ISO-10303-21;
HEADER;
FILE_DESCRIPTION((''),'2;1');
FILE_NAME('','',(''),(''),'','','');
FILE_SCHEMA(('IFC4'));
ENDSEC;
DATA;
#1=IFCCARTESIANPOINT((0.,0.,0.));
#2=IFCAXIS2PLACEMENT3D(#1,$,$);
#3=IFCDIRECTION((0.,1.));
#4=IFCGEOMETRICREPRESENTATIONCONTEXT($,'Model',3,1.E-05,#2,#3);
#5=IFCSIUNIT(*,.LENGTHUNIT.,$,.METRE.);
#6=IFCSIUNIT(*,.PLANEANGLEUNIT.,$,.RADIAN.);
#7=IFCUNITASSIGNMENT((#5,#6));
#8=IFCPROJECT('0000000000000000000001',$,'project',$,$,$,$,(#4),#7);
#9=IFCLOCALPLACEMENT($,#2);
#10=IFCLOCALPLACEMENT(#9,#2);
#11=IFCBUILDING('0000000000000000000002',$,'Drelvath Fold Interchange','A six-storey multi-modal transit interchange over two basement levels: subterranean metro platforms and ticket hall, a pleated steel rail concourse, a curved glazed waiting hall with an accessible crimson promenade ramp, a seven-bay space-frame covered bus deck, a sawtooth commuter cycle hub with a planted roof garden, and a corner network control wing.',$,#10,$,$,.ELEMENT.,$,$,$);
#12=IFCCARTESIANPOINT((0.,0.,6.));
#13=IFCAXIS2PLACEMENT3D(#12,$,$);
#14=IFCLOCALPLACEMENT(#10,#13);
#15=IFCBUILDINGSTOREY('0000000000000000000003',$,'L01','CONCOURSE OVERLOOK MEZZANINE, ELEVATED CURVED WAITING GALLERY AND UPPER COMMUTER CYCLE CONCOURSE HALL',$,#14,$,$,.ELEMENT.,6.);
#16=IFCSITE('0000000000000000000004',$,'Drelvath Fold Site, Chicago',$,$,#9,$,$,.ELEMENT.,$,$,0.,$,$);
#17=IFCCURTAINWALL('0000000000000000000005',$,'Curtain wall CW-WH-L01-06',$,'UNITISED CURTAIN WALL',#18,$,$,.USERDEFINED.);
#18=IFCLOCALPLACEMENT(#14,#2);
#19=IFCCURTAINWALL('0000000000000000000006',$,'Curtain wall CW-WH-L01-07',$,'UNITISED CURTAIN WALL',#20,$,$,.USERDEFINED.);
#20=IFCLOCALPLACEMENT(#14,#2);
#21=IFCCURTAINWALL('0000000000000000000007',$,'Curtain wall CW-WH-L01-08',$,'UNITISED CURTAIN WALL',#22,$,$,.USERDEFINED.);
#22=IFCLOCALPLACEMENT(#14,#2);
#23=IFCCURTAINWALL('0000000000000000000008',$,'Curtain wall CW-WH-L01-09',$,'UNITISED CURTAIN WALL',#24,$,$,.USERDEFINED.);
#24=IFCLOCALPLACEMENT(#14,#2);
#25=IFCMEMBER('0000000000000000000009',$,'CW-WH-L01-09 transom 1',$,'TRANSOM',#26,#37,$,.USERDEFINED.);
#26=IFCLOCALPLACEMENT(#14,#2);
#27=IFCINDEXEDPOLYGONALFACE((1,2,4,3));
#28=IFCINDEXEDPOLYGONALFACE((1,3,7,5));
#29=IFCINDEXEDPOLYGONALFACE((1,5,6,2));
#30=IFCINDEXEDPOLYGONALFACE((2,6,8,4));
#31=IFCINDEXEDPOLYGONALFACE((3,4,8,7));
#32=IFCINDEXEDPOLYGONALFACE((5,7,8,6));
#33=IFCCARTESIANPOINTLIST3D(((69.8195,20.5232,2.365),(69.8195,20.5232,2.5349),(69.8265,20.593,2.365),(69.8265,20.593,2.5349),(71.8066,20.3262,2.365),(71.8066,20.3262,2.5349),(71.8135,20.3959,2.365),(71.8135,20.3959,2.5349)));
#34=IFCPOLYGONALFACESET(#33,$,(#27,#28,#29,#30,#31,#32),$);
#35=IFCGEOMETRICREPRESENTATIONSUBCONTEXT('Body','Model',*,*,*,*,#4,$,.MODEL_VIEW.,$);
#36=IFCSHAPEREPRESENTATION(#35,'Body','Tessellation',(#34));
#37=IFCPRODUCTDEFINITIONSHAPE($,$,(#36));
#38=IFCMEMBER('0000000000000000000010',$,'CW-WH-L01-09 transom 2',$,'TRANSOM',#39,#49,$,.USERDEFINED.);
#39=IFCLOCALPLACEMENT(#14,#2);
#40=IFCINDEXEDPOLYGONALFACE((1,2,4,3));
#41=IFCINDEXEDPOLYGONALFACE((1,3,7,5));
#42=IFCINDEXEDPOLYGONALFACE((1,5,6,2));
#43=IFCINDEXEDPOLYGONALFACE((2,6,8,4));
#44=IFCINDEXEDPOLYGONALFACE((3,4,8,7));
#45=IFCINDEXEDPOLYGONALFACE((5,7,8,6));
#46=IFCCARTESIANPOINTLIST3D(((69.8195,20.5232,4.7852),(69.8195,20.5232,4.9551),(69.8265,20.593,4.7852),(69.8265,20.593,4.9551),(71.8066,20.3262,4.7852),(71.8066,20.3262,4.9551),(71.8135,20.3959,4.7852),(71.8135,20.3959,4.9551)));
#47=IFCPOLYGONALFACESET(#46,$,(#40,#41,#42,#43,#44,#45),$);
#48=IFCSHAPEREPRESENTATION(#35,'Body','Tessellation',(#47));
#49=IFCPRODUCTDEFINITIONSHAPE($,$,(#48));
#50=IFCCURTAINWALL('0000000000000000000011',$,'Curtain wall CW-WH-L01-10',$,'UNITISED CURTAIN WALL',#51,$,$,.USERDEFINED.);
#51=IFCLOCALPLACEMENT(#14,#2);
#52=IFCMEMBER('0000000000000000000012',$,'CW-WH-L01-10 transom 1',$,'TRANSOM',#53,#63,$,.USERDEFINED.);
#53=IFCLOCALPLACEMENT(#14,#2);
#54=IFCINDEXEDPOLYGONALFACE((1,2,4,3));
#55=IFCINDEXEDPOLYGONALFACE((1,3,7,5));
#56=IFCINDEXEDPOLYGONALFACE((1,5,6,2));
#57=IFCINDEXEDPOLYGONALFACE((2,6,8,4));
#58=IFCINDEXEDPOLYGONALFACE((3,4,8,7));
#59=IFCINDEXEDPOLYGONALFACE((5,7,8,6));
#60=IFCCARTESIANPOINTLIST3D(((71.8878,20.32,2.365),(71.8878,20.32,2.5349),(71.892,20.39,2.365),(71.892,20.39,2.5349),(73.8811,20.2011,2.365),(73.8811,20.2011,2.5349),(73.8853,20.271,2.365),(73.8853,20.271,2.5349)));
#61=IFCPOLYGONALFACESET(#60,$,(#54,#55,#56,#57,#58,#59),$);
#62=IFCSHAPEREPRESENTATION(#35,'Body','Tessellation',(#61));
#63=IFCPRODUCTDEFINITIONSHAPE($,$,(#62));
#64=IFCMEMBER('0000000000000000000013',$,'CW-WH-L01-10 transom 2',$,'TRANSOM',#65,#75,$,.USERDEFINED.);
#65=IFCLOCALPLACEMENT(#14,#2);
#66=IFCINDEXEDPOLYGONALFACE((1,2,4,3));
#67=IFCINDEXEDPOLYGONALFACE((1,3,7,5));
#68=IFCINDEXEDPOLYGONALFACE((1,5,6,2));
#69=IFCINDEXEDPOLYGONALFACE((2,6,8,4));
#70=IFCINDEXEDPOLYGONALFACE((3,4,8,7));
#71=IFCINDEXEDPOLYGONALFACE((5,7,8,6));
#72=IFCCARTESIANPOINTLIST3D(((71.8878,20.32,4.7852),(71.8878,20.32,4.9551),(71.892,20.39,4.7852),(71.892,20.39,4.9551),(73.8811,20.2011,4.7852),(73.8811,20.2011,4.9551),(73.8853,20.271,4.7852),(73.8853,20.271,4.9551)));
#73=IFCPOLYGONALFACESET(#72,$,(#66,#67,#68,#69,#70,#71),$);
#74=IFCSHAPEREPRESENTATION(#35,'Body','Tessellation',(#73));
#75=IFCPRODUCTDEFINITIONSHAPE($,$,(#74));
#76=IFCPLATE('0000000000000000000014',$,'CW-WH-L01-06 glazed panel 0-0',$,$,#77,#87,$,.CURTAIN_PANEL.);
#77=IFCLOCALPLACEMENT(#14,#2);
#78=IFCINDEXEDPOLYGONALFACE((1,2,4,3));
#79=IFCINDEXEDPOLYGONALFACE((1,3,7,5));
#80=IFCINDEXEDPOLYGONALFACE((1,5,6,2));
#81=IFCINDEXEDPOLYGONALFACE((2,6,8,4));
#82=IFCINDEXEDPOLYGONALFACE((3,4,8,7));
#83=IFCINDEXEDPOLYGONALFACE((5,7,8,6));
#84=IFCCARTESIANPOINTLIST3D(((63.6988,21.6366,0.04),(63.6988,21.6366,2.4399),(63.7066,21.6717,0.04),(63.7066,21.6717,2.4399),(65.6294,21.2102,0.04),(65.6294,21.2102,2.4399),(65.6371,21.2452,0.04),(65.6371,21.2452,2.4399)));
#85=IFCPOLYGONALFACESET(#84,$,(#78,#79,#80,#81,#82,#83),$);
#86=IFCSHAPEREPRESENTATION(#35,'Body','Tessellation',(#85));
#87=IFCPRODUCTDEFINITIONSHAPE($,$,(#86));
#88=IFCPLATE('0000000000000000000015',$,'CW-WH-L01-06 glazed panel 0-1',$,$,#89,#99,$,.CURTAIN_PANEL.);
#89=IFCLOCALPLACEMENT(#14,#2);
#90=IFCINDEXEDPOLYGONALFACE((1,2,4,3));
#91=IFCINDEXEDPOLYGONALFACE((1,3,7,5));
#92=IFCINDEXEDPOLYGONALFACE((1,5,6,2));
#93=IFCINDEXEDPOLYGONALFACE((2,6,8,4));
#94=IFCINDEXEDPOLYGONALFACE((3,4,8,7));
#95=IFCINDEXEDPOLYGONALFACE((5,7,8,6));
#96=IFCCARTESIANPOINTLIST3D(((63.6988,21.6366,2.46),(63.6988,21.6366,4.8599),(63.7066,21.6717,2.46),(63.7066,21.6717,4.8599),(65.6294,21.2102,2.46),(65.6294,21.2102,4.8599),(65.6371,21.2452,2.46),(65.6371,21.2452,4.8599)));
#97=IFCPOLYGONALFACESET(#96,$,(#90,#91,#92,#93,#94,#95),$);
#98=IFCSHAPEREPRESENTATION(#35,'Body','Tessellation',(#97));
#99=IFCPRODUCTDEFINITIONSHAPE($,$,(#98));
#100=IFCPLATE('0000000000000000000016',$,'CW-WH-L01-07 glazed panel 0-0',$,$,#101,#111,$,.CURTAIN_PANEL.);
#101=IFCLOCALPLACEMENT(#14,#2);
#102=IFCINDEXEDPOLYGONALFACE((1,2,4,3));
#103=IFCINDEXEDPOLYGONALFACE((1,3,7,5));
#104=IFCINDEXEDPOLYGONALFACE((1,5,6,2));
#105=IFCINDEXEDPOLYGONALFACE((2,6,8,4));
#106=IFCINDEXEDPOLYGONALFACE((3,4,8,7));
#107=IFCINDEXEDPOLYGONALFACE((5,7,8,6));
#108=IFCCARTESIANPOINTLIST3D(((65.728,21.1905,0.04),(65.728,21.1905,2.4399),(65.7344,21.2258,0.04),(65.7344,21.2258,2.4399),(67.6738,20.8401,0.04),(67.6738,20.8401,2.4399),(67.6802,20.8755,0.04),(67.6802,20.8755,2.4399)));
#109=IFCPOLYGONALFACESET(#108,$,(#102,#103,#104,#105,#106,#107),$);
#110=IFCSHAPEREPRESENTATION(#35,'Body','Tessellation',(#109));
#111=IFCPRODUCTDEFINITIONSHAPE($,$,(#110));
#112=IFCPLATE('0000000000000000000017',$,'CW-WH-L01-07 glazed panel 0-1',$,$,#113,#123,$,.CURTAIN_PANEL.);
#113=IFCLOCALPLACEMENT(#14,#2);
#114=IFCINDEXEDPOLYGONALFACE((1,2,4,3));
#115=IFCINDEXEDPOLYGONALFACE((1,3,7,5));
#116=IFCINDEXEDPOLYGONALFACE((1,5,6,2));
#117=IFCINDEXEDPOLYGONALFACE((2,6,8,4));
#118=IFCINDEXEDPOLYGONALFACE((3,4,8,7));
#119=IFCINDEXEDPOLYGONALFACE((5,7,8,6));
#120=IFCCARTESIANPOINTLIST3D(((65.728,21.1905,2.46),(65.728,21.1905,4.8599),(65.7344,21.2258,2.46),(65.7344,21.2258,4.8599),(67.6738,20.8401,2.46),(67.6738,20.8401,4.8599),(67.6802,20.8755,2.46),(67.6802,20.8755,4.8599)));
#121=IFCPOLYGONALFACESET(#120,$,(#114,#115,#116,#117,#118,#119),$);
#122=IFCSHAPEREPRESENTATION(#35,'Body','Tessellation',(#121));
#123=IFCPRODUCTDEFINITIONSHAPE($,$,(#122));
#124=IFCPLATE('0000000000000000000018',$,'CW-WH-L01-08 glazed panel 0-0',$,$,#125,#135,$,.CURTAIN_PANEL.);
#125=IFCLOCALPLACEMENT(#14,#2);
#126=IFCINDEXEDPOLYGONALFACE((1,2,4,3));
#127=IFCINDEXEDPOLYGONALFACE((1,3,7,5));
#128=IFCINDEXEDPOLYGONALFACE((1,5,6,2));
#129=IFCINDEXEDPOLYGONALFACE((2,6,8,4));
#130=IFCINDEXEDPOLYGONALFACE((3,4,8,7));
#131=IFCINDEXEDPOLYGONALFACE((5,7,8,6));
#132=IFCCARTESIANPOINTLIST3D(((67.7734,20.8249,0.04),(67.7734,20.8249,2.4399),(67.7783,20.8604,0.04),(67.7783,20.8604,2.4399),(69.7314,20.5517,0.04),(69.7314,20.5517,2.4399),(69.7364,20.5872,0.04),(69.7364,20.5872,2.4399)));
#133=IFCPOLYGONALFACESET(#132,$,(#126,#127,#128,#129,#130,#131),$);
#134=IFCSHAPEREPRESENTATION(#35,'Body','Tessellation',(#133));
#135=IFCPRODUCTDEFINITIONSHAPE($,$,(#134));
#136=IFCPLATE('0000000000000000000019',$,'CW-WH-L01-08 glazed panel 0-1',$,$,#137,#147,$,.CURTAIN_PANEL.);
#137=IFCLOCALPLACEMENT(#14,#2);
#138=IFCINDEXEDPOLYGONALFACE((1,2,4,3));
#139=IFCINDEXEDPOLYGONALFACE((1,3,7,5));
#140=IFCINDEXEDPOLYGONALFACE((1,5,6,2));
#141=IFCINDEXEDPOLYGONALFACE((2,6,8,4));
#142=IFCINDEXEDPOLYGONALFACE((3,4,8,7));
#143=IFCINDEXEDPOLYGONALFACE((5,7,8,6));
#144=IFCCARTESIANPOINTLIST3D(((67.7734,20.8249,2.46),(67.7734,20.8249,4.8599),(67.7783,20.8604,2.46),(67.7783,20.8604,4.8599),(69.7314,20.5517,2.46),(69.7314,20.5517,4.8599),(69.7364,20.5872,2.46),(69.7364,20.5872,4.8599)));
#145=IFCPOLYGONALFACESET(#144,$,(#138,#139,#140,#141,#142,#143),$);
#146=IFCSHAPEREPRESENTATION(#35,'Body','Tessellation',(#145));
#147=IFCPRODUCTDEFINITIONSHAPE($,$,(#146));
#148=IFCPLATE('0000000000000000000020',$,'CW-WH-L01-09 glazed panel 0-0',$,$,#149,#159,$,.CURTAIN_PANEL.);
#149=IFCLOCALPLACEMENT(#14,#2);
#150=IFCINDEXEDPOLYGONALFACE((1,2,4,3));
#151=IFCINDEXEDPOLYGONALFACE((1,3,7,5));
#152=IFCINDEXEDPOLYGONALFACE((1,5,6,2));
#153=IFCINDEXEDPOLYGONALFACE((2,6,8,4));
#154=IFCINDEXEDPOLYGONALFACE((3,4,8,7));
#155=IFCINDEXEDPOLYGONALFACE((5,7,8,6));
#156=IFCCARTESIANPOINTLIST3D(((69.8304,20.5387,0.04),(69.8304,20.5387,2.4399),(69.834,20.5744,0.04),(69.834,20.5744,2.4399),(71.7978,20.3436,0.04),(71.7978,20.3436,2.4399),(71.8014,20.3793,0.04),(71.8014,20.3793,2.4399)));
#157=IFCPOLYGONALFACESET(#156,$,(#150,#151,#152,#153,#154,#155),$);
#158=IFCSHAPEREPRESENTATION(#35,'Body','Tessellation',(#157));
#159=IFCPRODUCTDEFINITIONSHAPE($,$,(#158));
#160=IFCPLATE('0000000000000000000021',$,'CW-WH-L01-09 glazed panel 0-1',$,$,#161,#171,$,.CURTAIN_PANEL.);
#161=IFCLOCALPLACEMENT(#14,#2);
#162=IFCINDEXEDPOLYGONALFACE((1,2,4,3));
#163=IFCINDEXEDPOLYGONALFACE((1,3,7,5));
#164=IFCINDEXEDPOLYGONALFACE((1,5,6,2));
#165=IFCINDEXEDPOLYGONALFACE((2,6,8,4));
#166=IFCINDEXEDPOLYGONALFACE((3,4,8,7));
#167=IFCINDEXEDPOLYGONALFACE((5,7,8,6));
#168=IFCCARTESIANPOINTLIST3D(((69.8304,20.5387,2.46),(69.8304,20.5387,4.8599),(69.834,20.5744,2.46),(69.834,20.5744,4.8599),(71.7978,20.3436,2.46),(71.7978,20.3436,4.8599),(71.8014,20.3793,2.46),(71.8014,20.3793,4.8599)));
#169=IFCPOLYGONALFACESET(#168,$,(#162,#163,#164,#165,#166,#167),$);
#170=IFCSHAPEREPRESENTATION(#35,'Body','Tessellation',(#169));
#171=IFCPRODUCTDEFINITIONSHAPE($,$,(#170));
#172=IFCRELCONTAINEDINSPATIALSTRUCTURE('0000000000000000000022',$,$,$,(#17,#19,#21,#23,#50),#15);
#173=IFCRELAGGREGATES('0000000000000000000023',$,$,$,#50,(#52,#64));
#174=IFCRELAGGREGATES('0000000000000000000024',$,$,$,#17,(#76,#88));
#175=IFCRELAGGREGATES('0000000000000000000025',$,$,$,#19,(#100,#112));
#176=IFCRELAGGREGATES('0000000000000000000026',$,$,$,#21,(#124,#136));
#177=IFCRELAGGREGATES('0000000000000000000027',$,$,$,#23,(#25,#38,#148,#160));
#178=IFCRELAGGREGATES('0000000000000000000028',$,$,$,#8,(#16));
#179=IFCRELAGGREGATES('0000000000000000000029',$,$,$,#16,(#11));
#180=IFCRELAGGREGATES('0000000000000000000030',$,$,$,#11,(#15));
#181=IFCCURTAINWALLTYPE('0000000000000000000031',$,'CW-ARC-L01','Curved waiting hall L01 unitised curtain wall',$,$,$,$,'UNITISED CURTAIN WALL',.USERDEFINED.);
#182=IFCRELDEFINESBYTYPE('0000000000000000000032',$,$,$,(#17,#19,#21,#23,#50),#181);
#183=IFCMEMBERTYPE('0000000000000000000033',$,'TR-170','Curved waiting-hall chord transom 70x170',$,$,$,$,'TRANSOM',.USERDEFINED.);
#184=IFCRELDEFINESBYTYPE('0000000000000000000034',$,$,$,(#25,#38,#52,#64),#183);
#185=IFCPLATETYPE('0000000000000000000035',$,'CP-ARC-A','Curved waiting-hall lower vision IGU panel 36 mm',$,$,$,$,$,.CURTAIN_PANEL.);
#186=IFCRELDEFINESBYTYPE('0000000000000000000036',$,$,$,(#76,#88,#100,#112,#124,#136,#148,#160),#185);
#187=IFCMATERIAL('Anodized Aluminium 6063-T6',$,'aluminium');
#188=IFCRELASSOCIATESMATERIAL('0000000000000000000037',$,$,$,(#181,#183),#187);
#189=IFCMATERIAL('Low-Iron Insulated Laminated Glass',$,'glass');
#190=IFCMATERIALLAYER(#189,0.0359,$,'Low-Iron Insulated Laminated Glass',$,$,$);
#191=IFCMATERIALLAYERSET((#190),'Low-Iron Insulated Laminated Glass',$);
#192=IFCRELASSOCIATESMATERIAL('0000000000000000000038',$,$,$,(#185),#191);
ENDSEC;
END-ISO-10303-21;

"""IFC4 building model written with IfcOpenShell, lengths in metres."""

from ifc_helpers import new_model, si_unit, direction, frame, origin, origin_2d, place, context, subcontext, project, spatial, rectangle, extrude, material, layer, layer_set, material_profile, profile_set, type_object, element, aggregate, save


model = new_model("IFC4")

# Units and contexts
model_context = context("Model", 3, precision=1e-05, world=origin(), true_north=direction((0.0, 1.0)))
body_context = subcontext(model_context, "Body", "Model", "MODEL_VIEW")
ifc_project = project(units=[si_unit("LENGTHUNIT", "METRE"), si_unit("PLANEANGLEUNIT", "RADIAN")], contexts=[model_context])

# Site, building, storey
site_placement = place(None, origin())
site = spatial("IfcSite", under=ifc_project, at=site_placement, Name="Drelvath Fold Site, Chicago", CompositionType="ELEMENT", RefElevation=0.0)
building_placement = place(site_placement, origin())
building = spatial("IfcBuilding", under=site, at=building_placement, Name="Drelvath Fold Interchange", Description="A six-storey multi-modal transit interchange over two basement levels: subterranean metro platforms and ticket hall, a pleated steel rail concourse, a curved glazed waiting hall with an accessible crimson promenade ramp, a seven-bay space-frame covered bus deck, a sawtooth commuter cycle hub with a planted roof garden, and a corner network control wing.", CompositionType="ELEMENT")
storey_placement = place(building_placement, frame((0.0, 0.0, 6.0)))
storey = spatial("IfcBuildingStorey", under=building, at=storey_placement, Name="L01", Description="CONCOURSE OVERLOOK MEZZANINE, ELEVATED CURVED WAITING GALLERY AND UPPER COMMUTER CYCLE CONCOURSE HALL", CompositionType="ELEMENT", Elevation=6.0)

# Curtain wall
ifc_material_1 = material(Name="Anodized Aluminium 6063-T6", Category="aluminium")
curtain_wall_type = type_object("IfcCurtainWallType", Name="CW-ARC-L01", Description="Curved waiting hall L01 unitised curtain wall", ElementType="UNITISED CURTAIN WALL", PredefinedType="USERDEFINED", material=ifc_material_1)
curtain_wall_1_placement = place(storey_placement, origin())
curtain_wall_1 = element("IfcCurtainWall", 1, at=curtain_wall_1_placement, inside=storey, type_object=curtain_wall_type, Name="Curtain wall CW-WH-L01-06", ObjectType="UNITISED CURTAIN WALL", PredefinedType="USERDEFINED")

# Curtain walls
curtain_wall_2_placement = place(storey_placement, origin())
curtain_wall_2 = element("IfcCurtainWall", 2, at=curtain_wall_2_placement, inside=storey, type_object=curtain_wall_type, Name="Curtain wall CW-WH-L01-07", ObjectType="UNITISED CURTAIN WALL", PredefinedType="USERDEFINED")
curtain_wall_3_placement = place(storey_placement, origin())
curtain_wall_3 = element("IfcCurtainWall", 3, at=curtain_wall_3_placement, inside=storey, type_object=curtain_wall_type, Name="Curtain wall CW-WH-L01-08", ObjectType="UNITISED CURTAIN WALL", PredefinedType="USERDEFINED")
curtain_wall_4_placement = place(storey_placement, origin())
curtain_wall_4 = element("IfcCurtainWall", 4, at=curtain_wall_4_placement, inside=storey, type_object=curtain_wall_type, Name="Curtain wall CW-WH-L01-09", ObjectType="UNITISED CURTAIN WALL", PredefinedType="USERDEFINED")

# Members
ifc_material_profile_1 = material_profile(ifc_material_1, rectangle(XDim=0.0701, YDim=0.1699, at=origin_2d()), Name="AL-T 70x170")
ifc_profile_set_1 = profile_set([ifc_material_profile_1], Name="Anodized Aluminium 6063-T6")
member_type_1 = type_object("IfcMemberType", Name="TR-170", Description="Curved waiting-hall chord transom 70x170", ElementType="TRANSOM", PredefinedType="USERDEFINED", material=ifc_profile_set_1)
member_1_placement = place(storey_placement, frame((69.823, 20.5581, 2.45), z_axis=(0.99512, -0.098668, 0.0), x_axis=(0.098668, 0.99512, 0.0)))
member_1 = element("IfcMember", 5, at=member_1_placement, type_object=member_type_1, Name="CW-WH-L01-09 transom 1", ObjectType="TRANSOM", PredefinedType="USERDEFINED", context=body_context, shape_type="SweptSolid", body=[
    extrude(rectangle(XDim=0.0701, YDim=0.1699, at=origin_2d()), origin(), (0.0, 0.0, 1.0), 1.9968),
])
member_2_placement = place(storey_placement, frame((69.823, 20.5581, 4.8701), z_axis=(0.99512, -0.098668, 0.0), x_axis=(0.098668, 0.99512, 0.0)))
member_2 = element("IfcMember", 6, at=member_2_placement, type_object=member_type_1, Name="CW-WH-L01-09 transom 2", ObjectType="TRANSOM", PredefinedType="USERDEFINED", context=body_context, shape_type="SweptSolid", body=[
    extrude(rectangle(XDim=0.0701, YDim=0.1699, at=origin_2d()), origin(), (0.0, 0.0, 1.0), 1.9968),
])

# Curtain wall, members
curtain_wall_5_placement = place(storey_placement, origin())
curtain_wall_5 = element("IfcCurtainWall", 7, at=curtain_wall_5_placement, inside=storey, type_object=curtain_wall_type, Name="Curtain wall CW-WH-L01-10", ObjectType="UNITISED CURTAIN WALL", PredefinedType="USERDEFINED")
member_3_placement = place(storey_placement, frame((71.8899, 20.355, 2.45), z_axis=(0.998226, -0.059546, 0.0), x_axis=(0.059546, 0.998226, 0.0)))
member_3 = element("IfcMember", 8, at=member_3_placement, type_object=member_type_1, Name="CW-WH-L01-10 transom 1", ObjectType="TRANSOM", PredefinedType="USERDEFINED", context=body_context, shape_type="SweptSolid", body=[
    extrude(rectangle(XDim=0.0701, YDim=0.1699, at=origin_2d()), origin(), (0.0, 0.0, 1.0), 1.9968),
])
member_4_placement = place(storey_placement, frame((71.8899, 20.355, 4.8701), z_axis=(0.998226, -0.059546, 0.0), x_axis=(0.059546, 0.998226, 0.0)))
member_4 = element("IfcMember", 9, at=member_4_placement, type_object=member_type_1, Name="CW-WH-L01-10 transom 2", ObjectType="TRANSOM", PredefinedType="USERDEFINED", context=body_context, shape_type="SweptSolid", body=[
    extrude(rectangle(XDim=0.0701, YDim=0.1699, at=origin_2d()), origin(), (0.0, 0.0, 1.0), 1.9968),
])
aggregate(curtain_wall_5, [member_3, member_4])

# Plates
ifc_material_2 = material(Name="Low-Iron Insulated Laminated Glass", Category="glass")
ifc_layer = layer(ifc_material_2, 0.0359, Name="Low-Iron Insulated Laminated Glass")
ifc_layer_set = layer_set([ifc_layer], Name="Low-Iron Insulated Laminated Glass")
plate_type = type_object("IfcPlateType", Name="CP-ARC-A", Description="Curved waiting-hall lower vision IGU panel 36 mm", PredefinedType="CURTAIN_PANEL", material=ifc_layer_set)
plate_1_placement = place(storey_placement, frame((64.668, 21.4409, 0.04), z_axis=(0.0, 0.0, 1.0), x_axis=(0.976458, -0.215707, 0.0)))
plate_1 = element("IfcPlate", 10, at=plate_1_placement, type_object=plate_type, Name="CW-WH-L01-06 glazed panel 0-0", PredefinedType="CURTAIN_PANEL", context=body_context, shape_type="SweptSolid", body=[
    extrude(rectangle(XDim=1.9771, YDim=0.0359, at=origin_2d()), origin(), (0.0, 0.0, 1.0), 2.3999),
])
plate_2_placement = place(storey_placement, frame((64.668, 21.4409, 2.46), z_axis=(0.0, 0.0, 1.0), x_axis=(0.976458, -0.215707, 0.0)))
plate_2 = element("IfcPlate", 11, at=plate_2_placement, type_object=plate_type, Name="CW-WH-L01-06 glazed panel 0-1", PredefinedType="CURTAIN_PANEL", context=body_context, shape_type="SweptSolid", body=[
    extrude(rectangle(XDim=1.9771, YDim=0.0359, at=origin_2d()), origin(), (0.0, 0.0, 1.0), 2.3999),
])
aggregate(curtain_wall_1, [plate_1, plate_2])
plate_3_placement = place(storey_placement, frame((66.7041, 21.033, 0.04), z_axis=(0.0, 0.0, 1.0), x_axis=(0.984177, -0.177188, 0.0)))
plate_3 = element("IfcPlate", 12, at=plate_3_placement, type_object=plate_type, Name="CW-WH-L01-07 glazed panel 0-0", PredefinedType="CURTAIN_PANEL", context=body_context, shape_type="SweptSolid", body=[
    extrude(rectangle(XDim=1.9771, YDim=0.0359, at=origin_2d()), origin(), (0.0, 0.0, 1.0), 2.3999),
])
plate_4_placement = place(storey_placement, frame((66.7041, 21.033, 2.46), z_axis=(0.0, 0.0, 1.0), x_axis=(0.984177, -0.177188, 0.0)))
plate_4 = element("IfcPlate", 13, at=plate_4_placement, type_object=plate_type, Name="CW-WH-L01-07 glazed panel 0-1", PredefinedType="CURTAIN_PANEL", context=body_context, shape_type="SweptSolid", body=[
    extrude(rectangle(XDim=1.9771, YDim=0.0359, at=origin_2d()), origin(), (0.0, 0.0, 1.0), 2.3999),
])
aggregate(curtain_wall_2, [plate_3, plate_4])
plate_5_placement = place(storey_placement, frame((68.7549, 20.7061, 0.04), z_axis=(0.0, 0.0, 1.0), x_axis=(0.990406, -0.138188, 0.0)))
plate_5 = element("IfcPlate", 14, at=plate_5_placement, type_object=plate_type, Name="CW-WH-L01-08 glazed panel 0-0", PredefinedType="CURTAIN_PANEL", context=body_context, shape_type="SweptSolid", body=[
    extrude(rectangle(XDim=1.9771, YDim=0.0359, at=origin_2d()), origin(), (0.0, 0.0, 1.0), 2.3999),
])
plate_6_placement = place(storey_placement, frame((68.7549, 20.7061, 2.46), z_axis=(0.0, 0.0, 1.0), x_axis=(0.990406, -0.138188, 0.0)))
plate_6 = element("IfcPlate", 15, at=plate_6_placement, type_object=plate_type, Name="CW-WH-L01-08 glazed panel 0-1", PredefinedType="CURTAIN_PANEL", context=body_context, shape_type="SweptSolid", body=[
    extrude(rectangle(XDim=1.9771, YDim=0.0359, at=origin_2d()), origin(), (0.0, 0.0, 1.0), 2.3999),
])
aggregate(curtain_wall_3, [plate_5, plate_6])
plate_7_placement = place(storey_placement, frame((70.8159, 20.459, 0.04), z_axis=(0.0, 0.0, 1.0), x_axis=(0.995118, -0.098695, 0.0)))
plate_7 = element("IfcPlate", 16, at=plate_7_placement, type_object=plate_type, Name="CW-WH-L01-09 glazed panel 0-0", PredefinedType="CURTAIN_PANEL", context=body_context, shape_type="SweptSolid", body=[
    extrude(rectangle(XDim=1.9771, YDim=0.0359, at=origin_2d()), origin(), (0.0, 0.0, 1.0), 2.3999),
])
plate_8_placement = place(storey_placement, frame((70.8159, 20.459, 2.46), z_axis=(0.0, 0.0, 1.0), x_axis=(0.995118, -0.098695, 0.0)))
plate_8 = element("IfcPlate", 17, at=plate_8_placement, type_object=plate_type, Name="CW-WH-L01-09 glazed panel 0-1", PredefinedType="CURTAIN_PANEL", context=body_context, shape_type="SweptSolid", body=[
    extrude(rectangle(XDim=1.9771, YDim=0.0359, at=origin_2d()), origin(), (0.0, 0.0, 1.0), 2.3999),
])
aggregate(curtain_wall_4, [member_1, member_2, plate_7, plate_8])

save(model, "model.ifc")
